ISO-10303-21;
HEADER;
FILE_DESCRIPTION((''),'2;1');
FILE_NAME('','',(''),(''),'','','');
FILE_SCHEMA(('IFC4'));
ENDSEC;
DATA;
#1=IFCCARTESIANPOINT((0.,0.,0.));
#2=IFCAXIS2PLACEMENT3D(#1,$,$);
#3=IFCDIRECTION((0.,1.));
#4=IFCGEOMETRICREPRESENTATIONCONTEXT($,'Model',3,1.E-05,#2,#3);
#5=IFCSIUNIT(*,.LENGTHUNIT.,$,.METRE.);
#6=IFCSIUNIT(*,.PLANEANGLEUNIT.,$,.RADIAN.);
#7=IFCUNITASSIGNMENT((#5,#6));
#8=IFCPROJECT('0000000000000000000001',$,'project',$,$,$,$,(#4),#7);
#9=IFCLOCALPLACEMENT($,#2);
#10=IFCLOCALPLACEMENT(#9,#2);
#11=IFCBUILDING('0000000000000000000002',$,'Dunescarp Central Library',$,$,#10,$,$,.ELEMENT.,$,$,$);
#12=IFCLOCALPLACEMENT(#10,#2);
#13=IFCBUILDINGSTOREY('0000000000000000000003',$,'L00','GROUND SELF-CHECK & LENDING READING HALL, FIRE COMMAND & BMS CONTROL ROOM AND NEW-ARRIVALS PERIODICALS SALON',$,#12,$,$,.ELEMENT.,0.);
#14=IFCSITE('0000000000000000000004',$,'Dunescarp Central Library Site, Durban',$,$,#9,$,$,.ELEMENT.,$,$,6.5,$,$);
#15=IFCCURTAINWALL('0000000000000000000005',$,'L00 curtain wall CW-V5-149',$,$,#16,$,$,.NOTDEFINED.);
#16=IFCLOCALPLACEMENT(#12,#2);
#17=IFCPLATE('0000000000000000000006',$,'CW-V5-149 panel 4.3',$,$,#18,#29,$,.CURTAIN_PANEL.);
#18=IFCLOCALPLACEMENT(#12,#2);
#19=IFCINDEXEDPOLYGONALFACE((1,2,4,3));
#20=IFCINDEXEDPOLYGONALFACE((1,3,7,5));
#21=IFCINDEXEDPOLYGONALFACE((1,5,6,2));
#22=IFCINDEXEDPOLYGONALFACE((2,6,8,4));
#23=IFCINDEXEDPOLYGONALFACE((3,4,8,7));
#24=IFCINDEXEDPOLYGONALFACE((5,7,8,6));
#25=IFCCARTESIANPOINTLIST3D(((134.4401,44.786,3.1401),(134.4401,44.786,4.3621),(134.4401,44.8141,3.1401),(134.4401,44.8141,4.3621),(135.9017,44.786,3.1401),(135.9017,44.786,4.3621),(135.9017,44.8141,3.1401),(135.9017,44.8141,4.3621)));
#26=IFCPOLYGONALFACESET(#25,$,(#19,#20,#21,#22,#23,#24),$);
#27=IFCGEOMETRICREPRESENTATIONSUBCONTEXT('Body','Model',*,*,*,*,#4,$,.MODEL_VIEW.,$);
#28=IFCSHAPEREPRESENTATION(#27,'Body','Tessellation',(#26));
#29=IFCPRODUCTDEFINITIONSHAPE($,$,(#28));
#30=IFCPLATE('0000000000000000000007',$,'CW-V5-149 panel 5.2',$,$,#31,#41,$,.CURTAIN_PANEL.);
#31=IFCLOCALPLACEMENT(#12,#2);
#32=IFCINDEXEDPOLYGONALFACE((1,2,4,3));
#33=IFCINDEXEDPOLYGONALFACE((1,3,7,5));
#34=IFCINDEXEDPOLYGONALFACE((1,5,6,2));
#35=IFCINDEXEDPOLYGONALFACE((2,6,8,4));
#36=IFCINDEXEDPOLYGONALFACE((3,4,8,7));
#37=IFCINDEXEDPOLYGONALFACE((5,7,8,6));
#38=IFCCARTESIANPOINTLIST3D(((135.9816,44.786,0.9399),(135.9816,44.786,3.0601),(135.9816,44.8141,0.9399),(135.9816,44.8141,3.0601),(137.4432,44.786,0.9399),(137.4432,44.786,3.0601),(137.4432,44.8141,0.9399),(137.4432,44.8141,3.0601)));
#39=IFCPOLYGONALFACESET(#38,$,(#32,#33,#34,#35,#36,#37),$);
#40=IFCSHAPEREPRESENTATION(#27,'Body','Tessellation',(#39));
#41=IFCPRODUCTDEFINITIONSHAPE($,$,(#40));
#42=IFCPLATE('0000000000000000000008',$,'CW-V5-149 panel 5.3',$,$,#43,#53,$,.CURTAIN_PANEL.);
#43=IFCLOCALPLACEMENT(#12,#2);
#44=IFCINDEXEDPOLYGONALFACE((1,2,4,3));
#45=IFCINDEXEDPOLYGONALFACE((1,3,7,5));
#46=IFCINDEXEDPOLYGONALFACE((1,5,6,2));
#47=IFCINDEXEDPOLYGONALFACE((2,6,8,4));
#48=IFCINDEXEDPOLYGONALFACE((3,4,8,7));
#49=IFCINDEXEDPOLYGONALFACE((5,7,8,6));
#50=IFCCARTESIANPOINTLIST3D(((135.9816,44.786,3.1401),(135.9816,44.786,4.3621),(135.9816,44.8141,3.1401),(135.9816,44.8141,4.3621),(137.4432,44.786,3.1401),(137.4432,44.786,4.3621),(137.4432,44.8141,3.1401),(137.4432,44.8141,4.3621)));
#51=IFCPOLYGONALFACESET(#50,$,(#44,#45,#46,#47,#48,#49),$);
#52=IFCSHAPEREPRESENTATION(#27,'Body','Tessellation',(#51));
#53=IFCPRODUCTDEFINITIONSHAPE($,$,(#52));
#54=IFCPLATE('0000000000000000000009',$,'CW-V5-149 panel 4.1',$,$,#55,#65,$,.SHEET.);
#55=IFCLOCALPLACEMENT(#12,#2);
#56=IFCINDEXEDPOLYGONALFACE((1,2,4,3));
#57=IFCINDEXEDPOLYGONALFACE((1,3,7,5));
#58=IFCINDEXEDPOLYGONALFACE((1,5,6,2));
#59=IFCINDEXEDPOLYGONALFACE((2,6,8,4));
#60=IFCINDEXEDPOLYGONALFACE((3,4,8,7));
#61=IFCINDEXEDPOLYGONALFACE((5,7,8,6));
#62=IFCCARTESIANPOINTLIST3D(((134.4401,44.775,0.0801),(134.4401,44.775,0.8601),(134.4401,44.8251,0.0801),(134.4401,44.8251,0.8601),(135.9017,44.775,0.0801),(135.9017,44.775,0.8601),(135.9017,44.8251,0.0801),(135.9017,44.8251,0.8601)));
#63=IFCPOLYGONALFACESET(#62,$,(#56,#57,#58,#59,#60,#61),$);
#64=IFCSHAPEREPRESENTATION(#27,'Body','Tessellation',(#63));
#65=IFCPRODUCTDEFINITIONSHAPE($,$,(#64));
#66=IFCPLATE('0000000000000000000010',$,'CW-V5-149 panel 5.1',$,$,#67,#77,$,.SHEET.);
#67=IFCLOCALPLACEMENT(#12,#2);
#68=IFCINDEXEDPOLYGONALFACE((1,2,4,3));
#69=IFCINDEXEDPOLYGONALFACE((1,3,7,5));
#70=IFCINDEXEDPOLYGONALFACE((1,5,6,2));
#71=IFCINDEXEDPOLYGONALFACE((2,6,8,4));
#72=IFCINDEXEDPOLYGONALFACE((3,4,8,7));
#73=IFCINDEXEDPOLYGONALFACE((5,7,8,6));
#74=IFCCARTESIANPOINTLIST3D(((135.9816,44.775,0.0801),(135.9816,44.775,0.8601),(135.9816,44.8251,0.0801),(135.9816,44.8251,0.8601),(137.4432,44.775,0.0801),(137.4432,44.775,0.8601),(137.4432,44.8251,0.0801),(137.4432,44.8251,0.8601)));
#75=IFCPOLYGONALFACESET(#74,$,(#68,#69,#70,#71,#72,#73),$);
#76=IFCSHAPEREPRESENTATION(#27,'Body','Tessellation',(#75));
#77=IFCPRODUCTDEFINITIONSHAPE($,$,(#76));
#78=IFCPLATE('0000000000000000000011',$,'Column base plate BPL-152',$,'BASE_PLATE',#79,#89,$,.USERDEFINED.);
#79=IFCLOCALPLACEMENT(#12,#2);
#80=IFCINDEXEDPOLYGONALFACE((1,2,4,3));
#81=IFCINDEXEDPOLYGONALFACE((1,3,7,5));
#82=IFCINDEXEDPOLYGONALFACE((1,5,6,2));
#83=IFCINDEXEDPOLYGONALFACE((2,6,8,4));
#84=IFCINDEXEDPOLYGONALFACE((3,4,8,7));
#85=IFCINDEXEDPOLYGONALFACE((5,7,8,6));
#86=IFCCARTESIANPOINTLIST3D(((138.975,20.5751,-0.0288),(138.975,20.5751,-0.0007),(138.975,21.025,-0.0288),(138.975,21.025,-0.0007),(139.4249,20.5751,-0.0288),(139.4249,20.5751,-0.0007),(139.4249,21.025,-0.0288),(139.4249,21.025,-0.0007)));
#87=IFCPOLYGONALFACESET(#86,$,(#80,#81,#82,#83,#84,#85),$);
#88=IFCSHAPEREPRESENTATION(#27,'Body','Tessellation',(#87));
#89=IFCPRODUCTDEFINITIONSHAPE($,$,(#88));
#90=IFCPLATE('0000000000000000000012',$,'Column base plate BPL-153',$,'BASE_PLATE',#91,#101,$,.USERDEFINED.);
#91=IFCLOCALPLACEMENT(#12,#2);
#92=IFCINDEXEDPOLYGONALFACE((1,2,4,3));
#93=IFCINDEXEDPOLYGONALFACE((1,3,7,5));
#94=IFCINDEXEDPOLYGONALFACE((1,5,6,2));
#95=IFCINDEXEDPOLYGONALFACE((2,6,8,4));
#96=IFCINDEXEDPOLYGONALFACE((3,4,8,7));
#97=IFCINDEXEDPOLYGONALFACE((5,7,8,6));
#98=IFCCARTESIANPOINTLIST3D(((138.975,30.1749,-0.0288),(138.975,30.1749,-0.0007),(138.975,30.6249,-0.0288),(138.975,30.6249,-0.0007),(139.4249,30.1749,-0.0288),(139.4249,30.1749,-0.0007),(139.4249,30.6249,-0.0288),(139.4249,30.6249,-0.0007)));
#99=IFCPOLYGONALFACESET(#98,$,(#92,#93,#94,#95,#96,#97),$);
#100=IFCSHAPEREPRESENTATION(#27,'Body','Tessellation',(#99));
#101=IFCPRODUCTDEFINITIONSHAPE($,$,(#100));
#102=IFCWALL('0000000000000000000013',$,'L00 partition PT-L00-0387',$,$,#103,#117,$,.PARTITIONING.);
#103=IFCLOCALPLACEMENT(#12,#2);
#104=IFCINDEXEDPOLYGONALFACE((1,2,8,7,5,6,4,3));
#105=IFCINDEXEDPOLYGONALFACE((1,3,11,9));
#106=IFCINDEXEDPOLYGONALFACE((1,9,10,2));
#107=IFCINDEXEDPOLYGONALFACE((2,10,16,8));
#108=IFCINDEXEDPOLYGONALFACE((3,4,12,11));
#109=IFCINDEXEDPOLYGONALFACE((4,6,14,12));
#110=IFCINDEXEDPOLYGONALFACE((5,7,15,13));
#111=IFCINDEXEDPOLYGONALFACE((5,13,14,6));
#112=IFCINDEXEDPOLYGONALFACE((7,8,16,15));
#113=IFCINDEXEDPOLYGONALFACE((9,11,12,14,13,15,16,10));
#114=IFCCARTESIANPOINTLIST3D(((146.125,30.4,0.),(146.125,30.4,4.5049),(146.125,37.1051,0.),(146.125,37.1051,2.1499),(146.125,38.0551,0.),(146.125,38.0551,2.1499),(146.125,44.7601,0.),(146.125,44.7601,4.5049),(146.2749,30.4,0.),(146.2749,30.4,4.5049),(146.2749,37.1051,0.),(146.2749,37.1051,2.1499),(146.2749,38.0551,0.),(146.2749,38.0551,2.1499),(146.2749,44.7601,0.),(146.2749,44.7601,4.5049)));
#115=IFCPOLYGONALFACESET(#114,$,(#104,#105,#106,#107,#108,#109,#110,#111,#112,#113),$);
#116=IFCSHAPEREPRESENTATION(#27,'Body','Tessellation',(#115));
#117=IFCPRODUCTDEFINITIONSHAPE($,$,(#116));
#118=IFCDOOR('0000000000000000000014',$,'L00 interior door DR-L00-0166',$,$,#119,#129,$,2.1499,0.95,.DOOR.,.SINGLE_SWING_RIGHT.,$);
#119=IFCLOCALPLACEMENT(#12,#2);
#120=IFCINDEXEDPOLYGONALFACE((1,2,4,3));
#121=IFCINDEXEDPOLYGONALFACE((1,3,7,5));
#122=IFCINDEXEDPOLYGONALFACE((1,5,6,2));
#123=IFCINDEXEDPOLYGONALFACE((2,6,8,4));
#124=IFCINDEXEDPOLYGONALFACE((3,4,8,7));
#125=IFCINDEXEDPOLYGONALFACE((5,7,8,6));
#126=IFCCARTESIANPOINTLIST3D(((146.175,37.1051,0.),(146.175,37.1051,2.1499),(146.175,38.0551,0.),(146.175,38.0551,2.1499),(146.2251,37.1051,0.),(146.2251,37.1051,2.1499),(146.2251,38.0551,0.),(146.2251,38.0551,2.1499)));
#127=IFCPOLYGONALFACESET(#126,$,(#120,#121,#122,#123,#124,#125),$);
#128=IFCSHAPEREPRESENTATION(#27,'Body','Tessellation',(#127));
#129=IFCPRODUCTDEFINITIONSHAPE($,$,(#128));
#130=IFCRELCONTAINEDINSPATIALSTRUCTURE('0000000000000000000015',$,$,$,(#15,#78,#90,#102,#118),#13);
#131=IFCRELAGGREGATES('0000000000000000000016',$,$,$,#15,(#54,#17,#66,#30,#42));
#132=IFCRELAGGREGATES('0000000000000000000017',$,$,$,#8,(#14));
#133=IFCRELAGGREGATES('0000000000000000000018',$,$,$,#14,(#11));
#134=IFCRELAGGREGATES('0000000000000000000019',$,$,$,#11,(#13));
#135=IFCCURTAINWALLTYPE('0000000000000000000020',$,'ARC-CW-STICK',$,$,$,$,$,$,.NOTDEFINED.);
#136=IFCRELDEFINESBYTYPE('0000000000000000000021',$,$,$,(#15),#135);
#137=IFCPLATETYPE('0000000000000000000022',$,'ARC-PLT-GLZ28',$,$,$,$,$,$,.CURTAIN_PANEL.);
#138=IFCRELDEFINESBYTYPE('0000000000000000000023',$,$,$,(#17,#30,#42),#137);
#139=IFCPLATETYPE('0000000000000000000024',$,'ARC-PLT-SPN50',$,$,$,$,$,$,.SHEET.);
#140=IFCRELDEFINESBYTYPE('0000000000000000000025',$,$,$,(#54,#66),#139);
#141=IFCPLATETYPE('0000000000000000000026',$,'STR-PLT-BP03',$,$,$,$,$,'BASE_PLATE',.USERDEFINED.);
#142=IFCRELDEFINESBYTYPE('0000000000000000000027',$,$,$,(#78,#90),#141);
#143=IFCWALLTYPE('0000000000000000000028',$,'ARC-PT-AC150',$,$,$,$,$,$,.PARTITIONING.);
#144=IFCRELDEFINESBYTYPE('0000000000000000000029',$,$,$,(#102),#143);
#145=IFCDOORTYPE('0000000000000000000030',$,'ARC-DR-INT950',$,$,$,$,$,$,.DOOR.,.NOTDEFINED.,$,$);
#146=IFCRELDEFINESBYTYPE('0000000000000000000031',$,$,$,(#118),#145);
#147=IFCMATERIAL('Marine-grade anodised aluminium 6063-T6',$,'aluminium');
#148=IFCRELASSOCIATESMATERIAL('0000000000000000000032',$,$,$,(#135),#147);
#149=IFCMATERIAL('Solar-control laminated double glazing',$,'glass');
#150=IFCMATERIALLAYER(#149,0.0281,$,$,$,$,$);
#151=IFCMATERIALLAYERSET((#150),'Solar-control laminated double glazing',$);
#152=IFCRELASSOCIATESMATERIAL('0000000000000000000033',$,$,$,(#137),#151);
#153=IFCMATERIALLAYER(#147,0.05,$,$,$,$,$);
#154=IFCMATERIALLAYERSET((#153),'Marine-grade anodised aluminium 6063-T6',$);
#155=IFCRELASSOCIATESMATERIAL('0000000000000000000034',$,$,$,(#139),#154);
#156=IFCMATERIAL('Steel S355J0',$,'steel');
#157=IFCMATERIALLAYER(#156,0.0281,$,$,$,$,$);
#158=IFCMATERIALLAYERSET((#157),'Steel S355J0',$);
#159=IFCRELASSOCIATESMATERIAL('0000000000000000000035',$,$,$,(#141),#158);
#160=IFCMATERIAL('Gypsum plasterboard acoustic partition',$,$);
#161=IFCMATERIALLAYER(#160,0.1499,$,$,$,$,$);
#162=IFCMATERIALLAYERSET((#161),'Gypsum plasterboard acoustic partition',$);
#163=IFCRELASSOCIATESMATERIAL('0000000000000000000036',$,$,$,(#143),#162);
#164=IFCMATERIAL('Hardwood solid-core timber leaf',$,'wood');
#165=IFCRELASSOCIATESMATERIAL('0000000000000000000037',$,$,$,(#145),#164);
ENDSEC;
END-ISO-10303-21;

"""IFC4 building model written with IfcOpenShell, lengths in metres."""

from ifc_helpers import new_model, si_unit, direction, frame, frame_2d, origin, origin_2d, place, context, subcontext, project, spatial, rectangle, extrude, material, layer, layer_set, type_object, element, fill, aggregate, save


model = new_model("IFC4")

# Units and contexts
model_context = context("Model", 3, precision=1e-05, world=origin(), true_north=direction((0.0, 1.0)))
body_context = subcontext(model_context, "Body", "Model", "MODEL_VIEW")
ifc_project = project(units=[si_unit("LENGTHUNIT", "METRE"), si_unit("PLANEANGLEUNIT", "RADIAN")], contexts=[model_context])

# Site, building, storey
site_placement = place(None, origin())
site = spatial("IfcSite", under=ifc_project, at=site_placement, Name="Dunescarp Central Library Site, Durban", CompositionType="ELEMENT", RefElevation=6.5)
building_placement = place(site_placement, origin())
building = spatial("IfcBuilding", under=site, at=building_placement, Name="Dunescarp Central Library", CompositionType="ELEMENT")
storey_placement = place(building_placement, origin())
storey = spatial("IfcBuildingStorey", under=building, at=storey_placement, Name="L00", Description="GROUND SELF-CHECK & LENDING READING HALL, FIRE COMMAND & BMS CONTROL ROOM AND NEW-ARRIVALS PERIODICALS SALON", CompositionType="ELEMENT", Elevation=0.0)

# Curtain wall, plates
ifc_material_1 = material(Name="Marine-grade anodised aluminium 6063-T6", Category="aluminium")
curtain_wall_type = type_object("IfcCurtainWallType", Name="ARC-CW-STICK", PredefinedType="NOTDEFINED", material=ifc_material_1)
curtain_wall_placement = place(storey_placement, origin())
curtain_wall = element("IfcCurtainWall", 1, at=curtain_wall_placement, inside=storey, type_object=curtain_wall_type, Name="L00 curtain wall CW-V5-149", PredefinedType="NOTDEFINED")
ifc_material_2 = material(Name="Solar-control laminated double glazing", Category="glass")
ifc_layer_1 = layer(ifc_material_2, 0.0281)
ifc_layer_set_1 = layer_set([ifc_layer_1], Name="Solar-control laminated double glazing")
plate_type_1 = type_object("IfcPlateType", Name="ARC-PLT-GLZ28", PredefinedType="CURTAIN_PANEL", material=ifc_layer_set_1)
plate_1_placement = place(storey_placement, frame((135.1709, 44.8, 3.1401), z_axis=(0.0, 0.0, 1.0), x_axis=(1.0, 0.0, 0.0)))
plate_1 = element("IfcPlate", 2, at=plate_1_placement, type_object=plate_type_1, Name="CW-V5-149 panel 4.3", PredefinedType="CURTAIN_PANEL", context=body_context, shape_type="SweptSolid", body=[
    extrude(rectangle(XDim=1.4617, YDim=0.0281, at=origin_2d()), origin(), (0.0, 0.0, 1.0), 1.2219),
])
plate_2_placement = place(storey_placement, frame((136.7124, 44.8, 0.9399), z_axis=(0.0, 0.0, 1.0), x_axis=(1.0, 0.0, 0.0)))
plate_2 = element("IfcPlate", 3, at=plate_2_placement, type_object=plate_type_1, Name="CW-V5-149 panel 5.2", PredefinedType="CURTAIN_PANEL", context=body_context, shape_type="SweptSolid", body=[
    extrude(rectangle(XDim=1.4617, YDim=0.0281, at=origin_2d()), origin(), (0.0, 0.0, 1.0), 2.1201),
])
plate_3_placement = place(storey_placement, frame((136.7124, 44.8, 3.1401), z_axis=(0.0, 0.0, 1.0), x_axis=(1.0, 0.0, 0.0)))
plate_3 = element("IfcPlate", 4, at=plate_3_placement, type_object=plate_type_1, Name="CW-V5-149 panel 5.3", PredefinedType="CURTAIN_PANEL", context=body_context, shape_type="SweptSolid", body=[
    extrude(rectangle(XDim=1.4617, YDim=0.0281, at=origin_2d()), origin(), (0.0, 0.0, 1.0), 1.2219),
])
ifc_layer_2 = layer(ifc_material_1, 0.05)
ifc_layer_set_2 = layer_set([ifc_layer_2], Name="Marine-grade anodised aluminium 6063-T6")
plate_type_2 = type_object("IfcPlateType", Name="ARC-PLT-SPN50", PredefinedType="SHEET", material=ifc_layer_set_2)
plate_4_placement = place(storey_placement, frame((135.1709, 44.8, 0.0801), z_axis=(0.0, 0.0, 1.0), x_axis=(1.0, 0.0, 0.0)))
plate_4 = element("IfcPlate", 5, at=plate_4_placement, type_object=plate_type_2, Name="CW-V5-149 panel 4.1", PredefinedType="SHEET", context=body_context, shape_type="SweptSolid", body=[
    extrude(rectangle(XDim=1.4617, YDim=0.05, at=origin_2d()), origin(), (0.0, 0.0, 1.0), 0.78),
])
plate_5_placement = place(storey_placement, frame((136.7124, 44.8, 0.0801), z_axis=(0.0, 0.0, 1.0), x_axis=(1.0, 0.0, 0.0)))
plate_5 = element("IfcPlate", 6, at=plate_5_placement, type_object=plate_type_2, Name="CW-V5-149 panel 5.1", PredefinedType="SHEET", context=body_context, shape_type="SweptSolid", body=[
    extrude(rectangle(XDim=1.4617, YDim=0.05, at=origin_2d()), origin(), (0.0, 0.0, 1.0), 0.78),
])
aggregate(curtain_wall, [plate_4, plate_1, plate_5, plate_2, plate_3])

# Plates
ifc_material_3 = material(Name="Steel S355J0", Category="steel")
ifc_layer_3 = layer(ifc_material_3, 0.0281)
ifc_layer_set_3 = layer_set([ifc_layer_3], Name="Steel S355J0")
plate_type_3 = type_object("IfcPlateType", Name="STR-PLT-BP03", ElementType="BASE_PLATE", PredefinedType="USERDEFINED", material=ifc_layer_set_3)
for number, where, z_axis, x_axis, name in (
    (7, (139.2, 20.8, -0.0288), (0.0, 0.0, 1.0), (1.0, 0.0, 0.0), "Column base plate BPL-152"),
    (8, (139.2, 30.3999, -0.0288), (0.0, 0.0, 1.0), (1.0, 0.0, 0.0), "Column base plate BPL-153"),
):
    element("IfcPlate", number, at=place(storey_placement, frame(where, z_axis=z_axis, x_axis=x_axis)), inside=storey, type_object=plate_type_3, Name=name, ObjectType="BASE_PLATE", PredefinedType="USERDEFINED", context=body_context, shape_type="SweptSolid", body=[
        extrude(rectangle(XDim=0.45, YDim=0.45, at=origin_2d()), origin(), (0.0, 0.0, 1.0), 0.0281),
    ])

# Wall, opening, door
ifc_material_4 = material(Name="Gypsum plasterboard acoustic partition")
ifc_layer_4 = layer(ifc_material_4, 0.1499)
ifc_layer_set_4 = layer_set([ifc_layer_4], Name="Gypsum plasterboard acoustic partition")
wall_type = type_object("IfcWallType", Name="ARC-PT-AC150", PredefinedType="PARTITIONING", material=ifc_layer_set_4)
wall_placement = place(storey_placement, frame((146.2, 30.3999, 0.0), z_axis=(0.0, 0.0, 1.0), x_axis=(0.0, 1.0, 0.0)))
wall = element("IfcWall", 9, at=wall_placement, inside=storey, type_object=wall_type, Name="L00 partition PT-L00-0387", PredefinedType="PARTITIONING", context=body_context, shape_type="SweptSolid", body=[
    extrude(rectangle(XDim=14.3601, YDim=0.1499, at=frame_2d((7.1802, 0.0))), origin(), (0.0, 0.0, 1.0), 4.5049),
])
opening_placement = place(wall_placement, frame((6.7051, 0.0, 0.0)))
opening = element("IfcOpeningElement", 10, at=opening_placement, cuts=wall, PredefinedType="OPENING", context=body_context, shape_type="SweptSolid", body=[
    extrude(rectangle(XDim=0.95, YDim=2.1499, at=frame_2d((0.4751, 1.075))), frame((0.0, 0.085, 0.0), z_axis=(0.0, -1.0, 0.0), x_axis=(1.0, 0.0, 0.0)), (0.0, 0.0, 1.0), 0.1699),
])
ifc_material_5 = material(Name="Hardwood solid-core timber leaf", Category="wood")
door_type = type_object("IfcDoorType", Name="ARC-DR-INT950", OperationType="NOTDEFINED", PredefinedType="DOOR", material=ifc_material_5)
door_placement = place(opening_placement, origin())
door = element("IfcDoor", 11, at=door_placement, inside=storey, type_object=door_type, Name="L00 interior door DR-L00-0166", OperationType="SINGLE_SWING_RIGHT", OverallHeight=2.1499, OverallWidth=0.95, PredefinedType="DOOR", context=body_context, shape_type="SweptSolid", body=[
    extrude(rectangle(XDim=0.95, YDim=2.1499, at=frame_2d((0.4751, 1.075))), frame((0.0, 0.0249, 0.0), z_axis=(0.0, -1.0, 0.0), x_axis=(1.0, 0.0, 0.0)), (0.0, 0.0, 1.0), 0.05),
])
fill(opening, door)

save(model, "model.ifc")
